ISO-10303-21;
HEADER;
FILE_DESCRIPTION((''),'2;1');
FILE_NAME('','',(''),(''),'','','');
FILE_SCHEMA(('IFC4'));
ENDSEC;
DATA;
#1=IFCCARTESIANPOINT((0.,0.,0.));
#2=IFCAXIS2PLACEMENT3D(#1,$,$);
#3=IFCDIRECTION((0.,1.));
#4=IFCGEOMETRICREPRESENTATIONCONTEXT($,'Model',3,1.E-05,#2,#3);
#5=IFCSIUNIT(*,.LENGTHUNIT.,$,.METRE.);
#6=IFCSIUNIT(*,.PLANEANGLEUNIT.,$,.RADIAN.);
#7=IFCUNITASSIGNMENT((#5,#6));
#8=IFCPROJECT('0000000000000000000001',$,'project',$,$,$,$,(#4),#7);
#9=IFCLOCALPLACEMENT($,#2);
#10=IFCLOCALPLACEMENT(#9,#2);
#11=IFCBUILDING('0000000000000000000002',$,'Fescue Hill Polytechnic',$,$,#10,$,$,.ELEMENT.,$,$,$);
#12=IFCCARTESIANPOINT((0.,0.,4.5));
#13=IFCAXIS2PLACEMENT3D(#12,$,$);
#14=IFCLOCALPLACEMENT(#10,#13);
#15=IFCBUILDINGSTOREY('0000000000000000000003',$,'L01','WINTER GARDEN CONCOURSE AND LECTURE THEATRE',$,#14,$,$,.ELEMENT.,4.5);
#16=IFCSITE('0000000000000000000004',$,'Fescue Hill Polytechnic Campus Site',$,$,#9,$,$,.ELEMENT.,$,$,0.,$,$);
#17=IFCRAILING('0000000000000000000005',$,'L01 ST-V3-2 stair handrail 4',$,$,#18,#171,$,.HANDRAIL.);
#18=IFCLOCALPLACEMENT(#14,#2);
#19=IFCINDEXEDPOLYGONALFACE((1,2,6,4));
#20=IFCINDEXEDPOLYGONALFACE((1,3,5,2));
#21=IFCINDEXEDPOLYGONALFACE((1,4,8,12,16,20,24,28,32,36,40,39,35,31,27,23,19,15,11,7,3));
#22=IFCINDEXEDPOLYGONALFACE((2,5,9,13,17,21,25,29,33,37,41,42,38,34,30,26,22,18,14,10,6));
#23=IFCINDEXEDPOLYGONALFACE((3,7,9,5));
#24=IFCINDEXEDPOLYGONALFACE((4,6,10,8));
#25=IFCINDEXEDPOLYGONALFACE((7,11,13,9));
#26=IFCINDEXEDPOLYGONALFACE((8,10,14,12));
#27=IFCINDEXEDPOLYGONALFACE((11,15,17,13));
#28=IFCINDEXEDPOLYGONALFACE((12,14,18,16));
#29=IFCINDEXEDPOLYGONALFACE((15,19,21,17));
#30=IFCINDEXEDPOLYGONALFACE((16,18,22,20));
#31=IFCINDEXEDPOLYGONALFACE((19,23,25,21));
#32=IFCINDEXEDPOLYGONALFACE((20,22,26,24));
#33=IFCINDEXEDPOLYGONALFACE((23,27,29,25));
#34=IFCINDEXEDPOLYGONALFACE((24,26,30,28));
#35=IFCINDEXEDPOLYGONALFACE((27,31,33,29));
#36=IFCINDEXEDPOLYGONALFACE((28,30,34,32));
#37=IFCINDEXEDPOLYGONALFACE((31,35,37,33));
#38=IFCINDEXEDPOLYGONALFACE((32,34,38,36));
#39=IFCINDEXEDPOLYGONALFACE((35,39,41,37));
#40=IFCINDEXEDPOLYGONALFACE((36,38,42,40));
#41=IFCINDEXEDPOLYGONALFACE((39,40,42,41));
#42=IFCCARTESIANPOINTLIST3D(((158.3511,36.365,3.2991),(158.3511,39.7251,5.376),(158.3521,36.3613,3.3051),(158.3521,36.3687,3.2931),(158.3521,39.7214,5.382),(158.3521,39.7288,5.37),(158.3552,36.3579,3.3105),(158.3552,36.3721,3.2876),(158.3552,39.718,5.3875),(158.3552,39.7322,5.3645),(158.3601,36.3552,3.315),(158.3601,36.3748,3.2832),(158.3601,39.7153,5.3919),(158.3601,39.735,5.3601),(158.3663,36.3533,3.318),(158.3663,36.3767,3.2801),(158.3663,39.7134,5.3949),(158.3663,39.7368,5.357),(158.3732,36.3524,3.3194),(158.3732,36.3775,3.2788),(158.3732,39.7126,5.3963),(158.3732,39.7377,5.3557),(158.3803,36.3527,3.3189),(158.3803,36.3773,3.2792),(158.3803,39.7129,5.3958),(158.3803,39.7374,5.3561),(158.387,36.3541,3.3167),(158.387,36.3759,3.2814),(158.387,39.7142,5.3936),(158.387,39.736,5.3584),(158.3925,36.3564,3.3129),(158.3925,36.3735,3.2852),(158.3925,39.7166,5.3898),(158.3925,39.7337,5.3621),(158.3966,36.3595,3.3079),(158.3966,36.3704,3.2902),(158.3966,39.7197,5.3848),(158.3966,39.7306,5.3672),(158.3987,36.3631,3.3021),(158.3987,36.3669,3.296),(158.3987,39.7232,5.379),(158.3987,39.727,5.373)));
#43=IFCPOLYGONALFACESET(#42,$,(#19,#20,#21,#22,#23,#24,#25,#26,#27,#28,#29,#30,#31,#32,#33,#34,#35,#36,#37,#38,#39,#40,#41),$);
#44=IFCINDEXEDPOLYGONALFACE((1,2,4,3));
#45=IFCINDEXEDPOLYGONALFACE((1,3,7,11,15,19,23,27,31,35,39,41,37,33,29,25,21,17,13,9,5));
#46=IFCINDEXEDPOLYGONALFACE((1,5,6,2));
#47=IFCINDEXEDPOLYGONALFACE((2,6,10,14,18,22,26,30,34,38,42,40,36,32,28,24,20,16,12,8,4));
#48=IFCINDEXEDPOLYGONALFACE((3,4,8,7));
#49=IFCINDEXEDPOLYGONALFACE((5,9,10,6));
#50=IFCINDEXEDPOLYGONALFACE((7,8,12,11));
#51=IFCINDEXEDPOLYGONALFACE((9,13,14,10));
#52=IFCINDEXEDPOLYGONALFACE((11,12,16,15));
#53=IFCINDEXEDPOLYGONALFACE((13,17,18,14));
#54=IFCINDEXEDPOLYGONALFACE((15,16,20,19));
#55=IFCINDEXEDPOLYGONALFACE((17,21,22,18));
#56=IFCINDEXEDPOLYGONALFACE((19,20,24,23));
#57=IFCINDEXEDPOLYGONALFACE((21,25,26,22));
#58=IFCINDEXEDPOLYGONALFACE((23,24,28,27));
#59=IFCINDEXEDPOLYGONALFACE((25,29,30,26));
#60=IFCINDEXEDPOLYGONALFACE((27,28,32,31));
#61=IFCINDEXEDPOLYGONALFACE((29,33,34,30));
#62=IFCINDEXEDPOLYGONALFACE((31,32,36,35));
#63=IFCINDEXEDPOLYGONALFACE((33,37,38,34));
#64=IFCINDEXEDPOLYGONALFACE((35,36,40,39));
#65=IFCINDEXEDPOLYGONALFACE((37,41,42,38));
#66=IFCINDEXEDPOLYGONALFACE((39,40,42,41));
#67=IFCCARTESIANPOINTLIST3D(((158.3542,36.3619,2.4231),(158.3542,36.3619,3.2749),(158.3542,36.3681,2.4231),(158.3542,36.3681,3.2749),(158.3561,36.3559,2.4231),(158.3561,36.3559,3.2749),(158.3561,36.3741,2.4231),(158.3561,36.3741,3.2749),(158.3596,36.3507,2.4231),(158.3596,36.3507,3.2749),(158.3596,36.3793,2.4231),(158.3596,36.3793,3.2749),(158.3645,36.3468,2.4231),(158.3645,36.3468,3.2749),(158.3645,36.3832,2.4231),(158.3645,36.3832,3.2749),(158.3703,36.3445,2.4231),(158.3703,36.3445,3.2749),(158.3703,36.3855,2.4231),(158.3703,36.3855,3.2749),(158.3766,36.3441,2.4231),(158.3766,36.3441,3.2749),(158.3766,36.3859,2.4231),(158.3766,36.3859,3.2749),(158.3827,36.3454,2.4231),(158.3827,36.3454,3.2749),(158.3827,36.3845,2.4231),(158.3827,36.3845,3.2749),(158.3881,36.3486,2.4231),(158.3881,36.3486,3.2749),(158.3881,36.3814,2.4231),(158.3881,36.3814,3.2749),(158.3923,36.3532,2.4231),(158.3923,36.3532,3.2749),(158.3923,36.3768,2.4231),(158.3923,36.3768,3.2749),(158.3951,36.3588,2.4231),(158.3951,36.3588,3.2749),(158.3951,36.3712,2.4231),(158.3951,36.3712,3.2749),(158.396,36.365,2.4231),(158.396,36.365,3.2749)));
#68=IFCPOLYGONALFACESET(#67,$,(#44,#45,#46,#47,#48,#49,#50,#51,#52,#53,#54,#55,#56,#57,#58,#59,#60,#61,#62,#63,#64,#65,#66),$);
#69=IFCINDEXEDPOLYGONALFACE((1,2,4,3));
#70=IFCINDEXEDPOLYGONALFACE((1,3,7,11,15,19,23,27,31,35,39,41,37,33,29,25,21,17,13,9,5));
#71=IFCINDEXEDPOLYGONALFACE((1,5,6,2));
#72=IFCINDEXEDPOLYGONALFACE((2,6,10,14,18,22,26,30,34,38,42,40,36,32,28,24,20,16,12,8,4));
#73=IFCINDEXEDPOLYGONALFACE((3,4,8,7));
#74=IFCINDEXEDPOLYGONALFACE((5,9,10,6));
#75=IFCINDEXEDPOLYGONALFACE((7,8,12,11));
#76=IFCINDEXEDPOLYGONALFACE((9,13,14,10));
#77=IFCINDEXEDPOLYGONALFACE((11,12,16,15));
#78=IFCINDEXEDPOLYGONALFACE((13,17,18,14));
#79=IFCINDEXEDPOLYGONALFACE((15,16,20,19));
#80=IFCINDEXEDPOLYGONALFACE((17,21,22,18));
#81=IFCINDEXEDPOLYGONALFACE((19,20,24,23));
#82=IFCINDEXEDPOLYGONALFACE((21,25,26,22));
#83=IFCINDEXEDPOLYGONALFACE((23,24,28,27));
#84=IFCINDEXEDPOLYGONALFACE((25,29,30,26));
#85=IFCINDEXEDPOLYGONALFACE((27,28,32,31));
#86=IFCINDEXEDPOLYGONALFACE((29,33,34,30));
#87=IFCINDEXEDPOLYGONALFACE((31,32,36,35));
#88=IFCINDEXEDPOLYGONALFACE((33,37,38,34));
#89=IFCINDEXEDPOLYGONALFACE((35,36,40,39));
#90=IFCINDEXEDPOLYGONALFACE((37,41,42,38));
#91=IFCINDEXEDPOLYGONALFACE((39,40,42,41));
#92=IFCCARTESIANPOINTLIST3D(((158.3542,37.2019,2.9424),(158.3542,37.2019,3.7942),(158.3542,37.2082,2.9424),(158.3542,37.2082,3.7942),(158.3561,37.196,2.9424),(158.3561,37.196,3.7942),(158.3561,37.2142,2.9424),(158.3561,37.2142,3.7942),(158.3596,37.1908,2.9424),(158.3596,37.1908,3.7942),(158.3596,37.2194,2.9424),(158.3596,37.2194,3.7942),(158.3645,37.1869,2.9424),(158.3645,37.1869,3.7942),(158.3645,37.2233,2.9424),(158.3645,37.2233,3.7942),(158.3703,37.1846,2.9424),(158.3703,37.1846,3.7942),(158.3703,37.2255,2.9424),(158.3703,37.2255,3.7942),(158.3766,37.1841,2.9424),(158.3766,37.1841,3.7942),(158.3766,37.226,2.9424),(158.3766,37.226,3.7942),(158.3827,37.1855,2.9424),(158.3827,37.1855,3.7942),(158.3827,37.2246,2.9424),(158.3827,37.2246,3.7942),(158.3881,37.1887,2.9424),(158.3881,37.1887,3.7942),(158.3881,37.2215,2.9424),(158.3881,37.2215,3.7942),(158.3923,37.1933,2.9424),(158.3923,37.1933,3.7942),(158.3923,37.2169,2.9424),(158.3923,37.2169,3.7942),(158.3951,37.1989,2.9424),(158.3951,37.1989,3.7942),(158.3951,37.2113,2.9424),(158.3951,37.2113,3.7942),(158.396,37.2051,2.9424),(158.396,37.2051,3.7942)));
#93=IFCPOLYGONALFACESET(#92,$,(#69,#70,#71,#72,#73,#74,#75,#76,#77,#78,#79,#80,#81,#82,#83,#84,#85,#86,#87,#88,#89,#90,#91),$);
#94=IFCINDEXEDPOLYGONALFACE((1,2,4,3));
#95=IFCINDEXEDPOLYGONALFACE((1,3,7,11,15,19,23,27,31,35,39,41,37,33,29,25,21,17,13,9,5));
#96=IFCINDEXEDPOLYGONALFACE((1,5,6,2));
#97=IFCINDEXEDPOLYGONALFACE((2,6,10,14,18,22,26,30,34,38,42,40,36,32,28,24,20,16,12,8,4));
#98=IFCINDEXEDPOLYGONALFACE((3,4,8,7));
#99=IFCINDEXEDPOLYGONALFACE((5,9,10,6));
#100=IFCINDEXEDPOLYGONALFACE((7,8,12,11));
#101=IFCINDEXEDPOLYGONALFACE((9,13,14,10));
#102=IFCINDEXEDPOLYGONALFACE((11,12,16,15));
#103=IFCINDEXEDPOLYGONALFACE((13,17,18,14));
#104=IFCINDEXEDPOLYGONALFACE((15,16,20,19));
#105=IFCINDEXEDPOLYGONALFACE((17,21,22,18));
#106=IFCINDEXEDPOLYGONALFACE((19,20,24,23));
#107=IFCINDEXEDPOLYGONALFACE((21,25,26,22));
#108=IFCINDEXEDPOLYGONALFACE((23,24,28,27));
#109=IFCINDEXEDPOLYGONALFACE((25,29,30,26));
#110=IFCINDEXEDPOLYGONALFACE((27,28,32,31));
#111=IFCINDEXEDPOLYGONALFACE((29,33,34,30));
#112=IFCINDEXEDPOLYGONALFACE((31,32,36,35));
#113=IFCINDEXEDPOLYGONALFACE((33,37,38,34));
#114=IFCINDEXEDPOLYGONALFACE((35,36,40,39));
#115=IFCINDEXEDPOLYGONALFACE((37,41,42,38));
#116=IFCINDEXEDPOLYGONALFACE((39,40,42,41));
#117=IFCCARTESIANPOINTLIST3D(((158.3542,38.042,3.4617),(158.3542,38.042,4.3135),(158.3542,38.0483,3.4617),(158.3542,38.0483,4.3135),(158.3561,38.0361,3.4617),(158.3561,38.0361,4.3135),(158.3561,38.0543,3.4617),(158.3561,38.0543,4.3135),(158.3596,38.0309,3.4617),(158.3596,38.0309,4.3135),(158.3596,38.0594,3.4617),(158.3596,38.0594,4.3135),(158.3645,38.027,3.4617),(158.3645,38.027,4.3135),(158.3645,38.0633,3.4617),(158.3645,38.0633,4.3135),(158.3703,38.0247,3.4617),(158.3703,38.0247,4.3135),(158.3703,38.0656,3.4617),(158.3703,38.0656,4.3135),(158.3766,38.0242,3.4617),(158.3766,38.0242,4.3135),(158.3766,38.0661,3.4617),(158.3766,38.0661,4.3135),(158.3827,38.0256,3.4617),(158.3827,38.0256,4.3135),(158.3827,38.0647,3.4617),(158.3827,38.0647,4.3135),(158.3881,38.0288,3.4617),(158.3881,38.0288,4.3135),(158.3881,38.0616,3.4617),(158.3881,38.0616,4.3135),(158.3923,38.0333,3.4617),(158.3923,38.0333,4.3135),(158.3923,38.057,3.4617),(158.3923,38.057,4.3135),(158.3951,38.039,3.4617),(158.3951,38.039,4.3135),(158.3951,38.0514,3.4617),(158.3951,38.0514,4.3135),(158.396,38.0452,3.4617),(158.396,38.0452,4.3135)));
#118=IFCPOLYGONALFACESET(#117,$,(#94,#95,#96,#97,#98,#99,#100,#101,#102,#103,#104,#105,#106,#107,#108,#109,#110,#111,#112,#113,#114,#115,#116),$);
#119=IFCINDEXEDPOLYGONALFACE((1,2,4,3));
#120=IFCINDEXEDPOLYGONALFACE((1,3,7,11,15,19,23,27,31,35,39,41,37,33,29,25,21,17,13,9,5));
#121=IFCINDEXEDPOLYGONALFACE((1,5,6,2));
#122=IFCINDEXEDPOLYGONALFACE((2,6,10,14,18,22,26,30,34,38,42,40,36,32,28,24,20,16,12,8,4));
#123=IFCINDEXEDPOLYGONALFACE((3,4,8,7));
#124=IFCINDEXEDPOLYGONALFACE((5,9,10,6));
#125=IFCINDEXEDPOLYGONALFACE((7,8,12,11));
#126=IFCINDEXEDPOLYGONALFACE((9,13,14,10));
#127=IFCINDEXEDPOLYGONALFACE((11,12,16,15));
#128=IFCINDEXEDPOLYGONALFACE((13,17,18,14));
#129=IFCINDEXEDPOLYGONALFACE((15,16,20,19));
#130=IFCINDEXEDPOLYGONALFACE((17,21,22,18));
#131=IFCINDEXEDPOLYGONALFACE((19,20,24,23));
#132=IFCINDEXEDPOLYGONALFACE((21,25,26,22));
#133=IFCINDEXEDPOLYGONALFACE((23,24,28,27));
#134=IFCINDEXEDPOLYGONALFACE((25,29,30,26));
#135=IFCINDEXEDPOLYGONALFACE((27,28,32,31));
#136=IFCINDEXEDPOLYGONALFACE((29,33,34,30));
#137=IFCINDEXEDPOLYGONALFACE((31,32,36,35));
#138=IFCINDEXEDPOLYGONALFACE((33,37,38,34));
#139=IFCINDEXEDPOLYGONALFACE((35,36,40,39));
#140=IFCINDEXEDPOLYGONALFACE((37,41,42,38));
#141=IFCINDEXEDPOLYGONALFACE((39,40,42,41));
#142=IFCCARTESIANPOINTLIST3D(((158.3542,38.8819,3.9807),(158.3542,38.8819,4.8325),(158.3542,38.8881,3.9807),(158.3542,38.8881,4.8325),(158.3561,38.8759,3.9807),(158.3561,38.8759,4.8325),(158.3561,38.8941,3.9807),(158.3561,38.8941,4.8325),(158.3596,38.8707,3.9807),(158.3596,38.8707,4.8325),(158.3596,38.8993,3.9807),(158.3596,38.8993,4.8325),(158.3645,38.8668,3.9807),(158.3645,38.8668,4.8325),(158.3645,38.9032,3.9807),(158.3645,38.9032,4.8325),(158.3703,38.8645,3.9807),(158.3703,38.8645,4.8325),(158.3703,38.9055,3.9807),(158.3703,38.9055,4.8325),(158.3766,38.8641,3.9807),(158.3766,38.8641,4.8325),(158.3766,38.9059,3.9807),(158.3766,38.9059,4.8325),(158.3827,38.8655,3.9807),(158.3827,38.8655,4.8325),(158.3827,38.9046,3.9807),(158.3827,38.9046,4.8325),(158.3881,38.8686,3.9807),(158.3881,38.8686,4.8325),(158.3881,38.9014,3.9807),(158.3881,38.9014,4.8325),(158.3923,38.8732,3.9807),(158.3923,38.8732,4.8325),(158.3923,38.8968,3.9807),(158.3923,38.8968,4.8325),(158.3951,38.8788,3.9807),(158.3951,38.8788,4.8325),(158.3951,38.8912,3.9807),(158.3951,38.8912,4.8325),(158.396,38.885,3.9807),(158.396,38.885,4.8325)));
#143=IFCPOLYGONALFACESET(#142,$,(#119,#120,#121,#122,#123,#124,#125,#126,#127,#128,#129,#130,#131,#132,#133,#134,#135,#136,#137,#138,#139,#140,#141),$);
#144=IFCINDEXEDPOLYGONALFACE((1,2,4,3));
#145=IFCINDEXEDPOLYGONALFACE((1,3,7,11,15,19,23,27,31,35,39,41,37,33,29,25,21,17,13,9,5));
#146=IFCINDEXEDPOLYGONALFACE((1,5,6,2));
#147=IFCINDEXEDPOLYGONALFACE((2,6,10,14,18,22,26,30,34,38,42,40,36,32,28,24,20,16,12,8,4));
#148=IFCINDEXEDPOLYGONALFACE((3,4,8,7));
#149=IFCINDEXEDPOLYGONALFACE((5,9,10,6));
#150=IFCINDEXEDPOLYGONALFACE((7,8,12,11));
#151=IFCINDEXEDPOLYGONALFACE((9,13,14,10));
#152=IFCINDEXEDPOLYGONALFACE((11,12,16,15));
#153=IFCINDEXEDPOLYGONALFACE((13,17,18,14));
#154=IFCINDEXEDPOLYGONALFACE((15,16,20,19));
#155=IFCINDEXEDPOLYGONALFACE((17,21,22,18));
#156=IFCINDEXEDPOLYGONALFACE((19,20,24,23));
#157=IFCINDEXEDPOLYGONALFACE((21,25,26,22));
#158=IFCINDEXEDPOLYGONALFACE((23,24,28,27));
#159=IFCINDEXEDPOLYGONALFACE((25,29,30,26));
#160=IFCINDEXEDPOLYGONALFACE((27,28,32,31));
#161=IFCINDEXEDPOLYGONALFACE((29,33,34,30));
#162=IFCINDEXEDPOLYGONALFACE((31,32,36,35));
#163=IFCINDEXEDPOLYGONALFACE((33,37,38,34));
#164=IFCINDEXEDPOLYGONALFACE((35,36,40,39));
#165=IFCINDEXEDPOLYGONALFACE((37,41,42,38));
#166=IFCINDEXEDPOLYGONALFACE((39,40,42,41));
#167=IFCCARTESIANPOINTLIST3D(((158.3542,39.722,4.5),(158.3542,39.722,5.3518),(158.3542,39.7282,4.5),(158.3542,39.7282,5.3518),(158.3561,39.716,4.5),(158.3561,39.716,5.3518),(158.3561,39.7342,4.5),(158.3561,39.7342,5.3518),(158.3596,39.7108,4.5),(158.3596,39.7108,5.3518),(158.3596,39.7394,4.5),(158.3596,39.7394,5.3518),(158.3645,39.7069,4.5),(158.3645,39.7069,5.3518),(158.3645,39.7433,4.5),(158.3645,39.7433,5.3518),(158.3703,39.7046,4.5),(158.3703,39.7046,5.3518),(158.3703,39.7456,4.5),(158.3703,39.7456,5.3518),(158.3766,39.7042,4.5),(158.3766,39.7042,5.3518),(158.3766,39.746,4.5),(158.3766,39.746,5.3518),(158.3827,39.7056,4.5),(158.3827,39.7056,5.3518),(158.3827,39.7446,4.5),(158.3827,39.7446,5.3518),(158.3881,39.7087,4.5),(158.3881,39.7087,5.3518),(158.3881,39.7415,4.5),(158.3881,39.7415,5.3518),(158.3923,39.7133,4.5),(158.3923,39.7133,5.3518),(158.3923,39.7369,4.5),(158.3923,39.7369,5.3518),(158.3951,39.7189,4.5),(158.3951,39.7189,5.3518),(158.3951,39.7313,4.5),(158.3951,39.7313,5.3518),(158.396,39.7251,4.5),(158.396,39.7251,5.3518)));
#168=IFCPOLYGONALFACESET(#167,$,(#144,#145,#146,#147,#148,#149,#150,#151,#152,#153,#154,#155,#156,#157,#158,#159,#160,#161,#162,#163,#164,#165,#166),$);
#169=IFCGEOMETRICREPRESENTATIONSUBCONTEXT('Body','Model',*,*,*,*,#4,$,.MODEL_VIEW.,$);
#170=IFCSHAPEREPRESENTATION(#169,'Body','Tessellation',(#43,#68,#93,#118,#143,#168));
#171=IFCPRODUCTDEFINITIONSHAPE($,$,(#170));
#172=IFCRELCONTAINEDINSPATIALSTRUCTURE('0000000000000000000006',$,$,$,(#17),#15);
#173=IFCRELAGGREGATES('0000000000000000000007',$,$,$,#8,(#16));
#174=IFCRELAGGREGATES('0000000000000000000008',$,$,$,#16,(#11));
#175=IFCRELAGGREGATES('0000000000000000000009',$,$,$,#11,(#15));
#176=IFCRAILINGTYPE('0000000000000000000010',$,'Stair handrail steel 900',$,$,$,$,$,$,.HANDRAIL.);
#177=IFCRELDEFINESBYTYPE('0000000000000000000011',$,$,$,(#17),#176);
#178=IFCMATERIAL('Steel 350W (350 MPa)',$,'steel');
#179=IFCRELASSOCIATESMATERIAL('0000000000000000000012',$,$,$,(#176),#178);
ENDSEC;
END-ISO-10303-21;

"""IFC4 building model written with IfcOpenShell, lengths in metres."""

from ifc_helpers import new_model, si_unit, direction, frame, origin, origin_2d, place, context, subcontext, project, spatial, circle, extrude, material, type_object, element, save


model = new_model("IFC4")

# Units and contexts
model_context = context("Model", 3, precision=1e-05, world=origin(), true_north=direction((0.0, 1.0)))
body_context = subcontext(model_context, "Body", "Model", "MODEL_VIEW")
ifc_project = project(units=[si_unit("LENGTHUNIT", "METRE"), si_unit("PLANEANGLEUNIT", "RADIAN")], contexts=[model_context])

# Site, building, storey
site_placement = place(None, origin())
site = spatial("IfcSite", under=ifc_project, at=site_placement, Name="Fescue Hill Polytechnic Campus Site", CompositionType="ELEMENT", RefElevation=0.0)
building_placement = place(site_placement, origin())
building = spatial("IfcBuilding", under=site, at=building_placement, Name="Fescue Hill Polytechnic", CompositionType="ELEMENT")
storey_placement = place(building_placement, frame((0.0, 0.0, 4.5)))
storey = spatial("IfcBuildingStorey", under=building, at=storey_placement, Name="L01", Description="WINTER GARDEN CONCOURSE AND LECTURE THEATRE", CompositionType="ELEMENT", Elevation=4.5)

# Railing
ifc_material_1 = material(Name="Steel 350W (350 MPa)", Category="steel")
railing_type_1 = type_object("IfcRailingType", Name="Stair handrail steel 900", PredefinedType="HANDRAIL", material=ifc_material_1)
for number, where, name in (
    (1, (158.375, 36.365, 2.4231), "L01 ST-V3-2 stair handrail 4"),
):
    element("IfcRailing", number, at=place(storey_placement, frame(where)), inside=storey, type_object=railing_type_1, Name=name, PredefinedType="HANDRAIL", context=body_context, shape_type="SweptSolid", body=[
        extrude(circle(Radius=0.0239, at=origin_2d()), frame((0.0, 0.0, 0.876), z_axis=(0.0, 0.850623, 0.525776), x_axis=(-1.0, 0.0, 0.0)), (0.0, 0.0, 1.0), 3.9502),
        extrude(circle(Radius=0.021, at=origin_2d()), origin(), (0.0, 0.0, 1.0), 0.8518),
        extrude(circle(Radius=0.021, at=origin_2d()), frame((0.0, 0.8401, 0.5193)), (0.0, 0.0, 1.0), 0.8518),
        extrude(circle(Radius=0.021, at=origin_2d()), frame((0.0, 1.6802, 1.0386)), (0.0, 0.0, 1.0), 0.8518),
        extrude(circle(Radius=0.021, at=origin_2d()), frame((0.0, 2.52, 1.5576)), (0.0, 0.0, 1.0), 0.8518),
        extrude(circle(Radius=0.021, at=origin_2d()), frame((0.0, 3.3601, 2.0769)), (0.0, 0.0, 1.0), 0.8518),
    ])

save(model, "model.ifc")
